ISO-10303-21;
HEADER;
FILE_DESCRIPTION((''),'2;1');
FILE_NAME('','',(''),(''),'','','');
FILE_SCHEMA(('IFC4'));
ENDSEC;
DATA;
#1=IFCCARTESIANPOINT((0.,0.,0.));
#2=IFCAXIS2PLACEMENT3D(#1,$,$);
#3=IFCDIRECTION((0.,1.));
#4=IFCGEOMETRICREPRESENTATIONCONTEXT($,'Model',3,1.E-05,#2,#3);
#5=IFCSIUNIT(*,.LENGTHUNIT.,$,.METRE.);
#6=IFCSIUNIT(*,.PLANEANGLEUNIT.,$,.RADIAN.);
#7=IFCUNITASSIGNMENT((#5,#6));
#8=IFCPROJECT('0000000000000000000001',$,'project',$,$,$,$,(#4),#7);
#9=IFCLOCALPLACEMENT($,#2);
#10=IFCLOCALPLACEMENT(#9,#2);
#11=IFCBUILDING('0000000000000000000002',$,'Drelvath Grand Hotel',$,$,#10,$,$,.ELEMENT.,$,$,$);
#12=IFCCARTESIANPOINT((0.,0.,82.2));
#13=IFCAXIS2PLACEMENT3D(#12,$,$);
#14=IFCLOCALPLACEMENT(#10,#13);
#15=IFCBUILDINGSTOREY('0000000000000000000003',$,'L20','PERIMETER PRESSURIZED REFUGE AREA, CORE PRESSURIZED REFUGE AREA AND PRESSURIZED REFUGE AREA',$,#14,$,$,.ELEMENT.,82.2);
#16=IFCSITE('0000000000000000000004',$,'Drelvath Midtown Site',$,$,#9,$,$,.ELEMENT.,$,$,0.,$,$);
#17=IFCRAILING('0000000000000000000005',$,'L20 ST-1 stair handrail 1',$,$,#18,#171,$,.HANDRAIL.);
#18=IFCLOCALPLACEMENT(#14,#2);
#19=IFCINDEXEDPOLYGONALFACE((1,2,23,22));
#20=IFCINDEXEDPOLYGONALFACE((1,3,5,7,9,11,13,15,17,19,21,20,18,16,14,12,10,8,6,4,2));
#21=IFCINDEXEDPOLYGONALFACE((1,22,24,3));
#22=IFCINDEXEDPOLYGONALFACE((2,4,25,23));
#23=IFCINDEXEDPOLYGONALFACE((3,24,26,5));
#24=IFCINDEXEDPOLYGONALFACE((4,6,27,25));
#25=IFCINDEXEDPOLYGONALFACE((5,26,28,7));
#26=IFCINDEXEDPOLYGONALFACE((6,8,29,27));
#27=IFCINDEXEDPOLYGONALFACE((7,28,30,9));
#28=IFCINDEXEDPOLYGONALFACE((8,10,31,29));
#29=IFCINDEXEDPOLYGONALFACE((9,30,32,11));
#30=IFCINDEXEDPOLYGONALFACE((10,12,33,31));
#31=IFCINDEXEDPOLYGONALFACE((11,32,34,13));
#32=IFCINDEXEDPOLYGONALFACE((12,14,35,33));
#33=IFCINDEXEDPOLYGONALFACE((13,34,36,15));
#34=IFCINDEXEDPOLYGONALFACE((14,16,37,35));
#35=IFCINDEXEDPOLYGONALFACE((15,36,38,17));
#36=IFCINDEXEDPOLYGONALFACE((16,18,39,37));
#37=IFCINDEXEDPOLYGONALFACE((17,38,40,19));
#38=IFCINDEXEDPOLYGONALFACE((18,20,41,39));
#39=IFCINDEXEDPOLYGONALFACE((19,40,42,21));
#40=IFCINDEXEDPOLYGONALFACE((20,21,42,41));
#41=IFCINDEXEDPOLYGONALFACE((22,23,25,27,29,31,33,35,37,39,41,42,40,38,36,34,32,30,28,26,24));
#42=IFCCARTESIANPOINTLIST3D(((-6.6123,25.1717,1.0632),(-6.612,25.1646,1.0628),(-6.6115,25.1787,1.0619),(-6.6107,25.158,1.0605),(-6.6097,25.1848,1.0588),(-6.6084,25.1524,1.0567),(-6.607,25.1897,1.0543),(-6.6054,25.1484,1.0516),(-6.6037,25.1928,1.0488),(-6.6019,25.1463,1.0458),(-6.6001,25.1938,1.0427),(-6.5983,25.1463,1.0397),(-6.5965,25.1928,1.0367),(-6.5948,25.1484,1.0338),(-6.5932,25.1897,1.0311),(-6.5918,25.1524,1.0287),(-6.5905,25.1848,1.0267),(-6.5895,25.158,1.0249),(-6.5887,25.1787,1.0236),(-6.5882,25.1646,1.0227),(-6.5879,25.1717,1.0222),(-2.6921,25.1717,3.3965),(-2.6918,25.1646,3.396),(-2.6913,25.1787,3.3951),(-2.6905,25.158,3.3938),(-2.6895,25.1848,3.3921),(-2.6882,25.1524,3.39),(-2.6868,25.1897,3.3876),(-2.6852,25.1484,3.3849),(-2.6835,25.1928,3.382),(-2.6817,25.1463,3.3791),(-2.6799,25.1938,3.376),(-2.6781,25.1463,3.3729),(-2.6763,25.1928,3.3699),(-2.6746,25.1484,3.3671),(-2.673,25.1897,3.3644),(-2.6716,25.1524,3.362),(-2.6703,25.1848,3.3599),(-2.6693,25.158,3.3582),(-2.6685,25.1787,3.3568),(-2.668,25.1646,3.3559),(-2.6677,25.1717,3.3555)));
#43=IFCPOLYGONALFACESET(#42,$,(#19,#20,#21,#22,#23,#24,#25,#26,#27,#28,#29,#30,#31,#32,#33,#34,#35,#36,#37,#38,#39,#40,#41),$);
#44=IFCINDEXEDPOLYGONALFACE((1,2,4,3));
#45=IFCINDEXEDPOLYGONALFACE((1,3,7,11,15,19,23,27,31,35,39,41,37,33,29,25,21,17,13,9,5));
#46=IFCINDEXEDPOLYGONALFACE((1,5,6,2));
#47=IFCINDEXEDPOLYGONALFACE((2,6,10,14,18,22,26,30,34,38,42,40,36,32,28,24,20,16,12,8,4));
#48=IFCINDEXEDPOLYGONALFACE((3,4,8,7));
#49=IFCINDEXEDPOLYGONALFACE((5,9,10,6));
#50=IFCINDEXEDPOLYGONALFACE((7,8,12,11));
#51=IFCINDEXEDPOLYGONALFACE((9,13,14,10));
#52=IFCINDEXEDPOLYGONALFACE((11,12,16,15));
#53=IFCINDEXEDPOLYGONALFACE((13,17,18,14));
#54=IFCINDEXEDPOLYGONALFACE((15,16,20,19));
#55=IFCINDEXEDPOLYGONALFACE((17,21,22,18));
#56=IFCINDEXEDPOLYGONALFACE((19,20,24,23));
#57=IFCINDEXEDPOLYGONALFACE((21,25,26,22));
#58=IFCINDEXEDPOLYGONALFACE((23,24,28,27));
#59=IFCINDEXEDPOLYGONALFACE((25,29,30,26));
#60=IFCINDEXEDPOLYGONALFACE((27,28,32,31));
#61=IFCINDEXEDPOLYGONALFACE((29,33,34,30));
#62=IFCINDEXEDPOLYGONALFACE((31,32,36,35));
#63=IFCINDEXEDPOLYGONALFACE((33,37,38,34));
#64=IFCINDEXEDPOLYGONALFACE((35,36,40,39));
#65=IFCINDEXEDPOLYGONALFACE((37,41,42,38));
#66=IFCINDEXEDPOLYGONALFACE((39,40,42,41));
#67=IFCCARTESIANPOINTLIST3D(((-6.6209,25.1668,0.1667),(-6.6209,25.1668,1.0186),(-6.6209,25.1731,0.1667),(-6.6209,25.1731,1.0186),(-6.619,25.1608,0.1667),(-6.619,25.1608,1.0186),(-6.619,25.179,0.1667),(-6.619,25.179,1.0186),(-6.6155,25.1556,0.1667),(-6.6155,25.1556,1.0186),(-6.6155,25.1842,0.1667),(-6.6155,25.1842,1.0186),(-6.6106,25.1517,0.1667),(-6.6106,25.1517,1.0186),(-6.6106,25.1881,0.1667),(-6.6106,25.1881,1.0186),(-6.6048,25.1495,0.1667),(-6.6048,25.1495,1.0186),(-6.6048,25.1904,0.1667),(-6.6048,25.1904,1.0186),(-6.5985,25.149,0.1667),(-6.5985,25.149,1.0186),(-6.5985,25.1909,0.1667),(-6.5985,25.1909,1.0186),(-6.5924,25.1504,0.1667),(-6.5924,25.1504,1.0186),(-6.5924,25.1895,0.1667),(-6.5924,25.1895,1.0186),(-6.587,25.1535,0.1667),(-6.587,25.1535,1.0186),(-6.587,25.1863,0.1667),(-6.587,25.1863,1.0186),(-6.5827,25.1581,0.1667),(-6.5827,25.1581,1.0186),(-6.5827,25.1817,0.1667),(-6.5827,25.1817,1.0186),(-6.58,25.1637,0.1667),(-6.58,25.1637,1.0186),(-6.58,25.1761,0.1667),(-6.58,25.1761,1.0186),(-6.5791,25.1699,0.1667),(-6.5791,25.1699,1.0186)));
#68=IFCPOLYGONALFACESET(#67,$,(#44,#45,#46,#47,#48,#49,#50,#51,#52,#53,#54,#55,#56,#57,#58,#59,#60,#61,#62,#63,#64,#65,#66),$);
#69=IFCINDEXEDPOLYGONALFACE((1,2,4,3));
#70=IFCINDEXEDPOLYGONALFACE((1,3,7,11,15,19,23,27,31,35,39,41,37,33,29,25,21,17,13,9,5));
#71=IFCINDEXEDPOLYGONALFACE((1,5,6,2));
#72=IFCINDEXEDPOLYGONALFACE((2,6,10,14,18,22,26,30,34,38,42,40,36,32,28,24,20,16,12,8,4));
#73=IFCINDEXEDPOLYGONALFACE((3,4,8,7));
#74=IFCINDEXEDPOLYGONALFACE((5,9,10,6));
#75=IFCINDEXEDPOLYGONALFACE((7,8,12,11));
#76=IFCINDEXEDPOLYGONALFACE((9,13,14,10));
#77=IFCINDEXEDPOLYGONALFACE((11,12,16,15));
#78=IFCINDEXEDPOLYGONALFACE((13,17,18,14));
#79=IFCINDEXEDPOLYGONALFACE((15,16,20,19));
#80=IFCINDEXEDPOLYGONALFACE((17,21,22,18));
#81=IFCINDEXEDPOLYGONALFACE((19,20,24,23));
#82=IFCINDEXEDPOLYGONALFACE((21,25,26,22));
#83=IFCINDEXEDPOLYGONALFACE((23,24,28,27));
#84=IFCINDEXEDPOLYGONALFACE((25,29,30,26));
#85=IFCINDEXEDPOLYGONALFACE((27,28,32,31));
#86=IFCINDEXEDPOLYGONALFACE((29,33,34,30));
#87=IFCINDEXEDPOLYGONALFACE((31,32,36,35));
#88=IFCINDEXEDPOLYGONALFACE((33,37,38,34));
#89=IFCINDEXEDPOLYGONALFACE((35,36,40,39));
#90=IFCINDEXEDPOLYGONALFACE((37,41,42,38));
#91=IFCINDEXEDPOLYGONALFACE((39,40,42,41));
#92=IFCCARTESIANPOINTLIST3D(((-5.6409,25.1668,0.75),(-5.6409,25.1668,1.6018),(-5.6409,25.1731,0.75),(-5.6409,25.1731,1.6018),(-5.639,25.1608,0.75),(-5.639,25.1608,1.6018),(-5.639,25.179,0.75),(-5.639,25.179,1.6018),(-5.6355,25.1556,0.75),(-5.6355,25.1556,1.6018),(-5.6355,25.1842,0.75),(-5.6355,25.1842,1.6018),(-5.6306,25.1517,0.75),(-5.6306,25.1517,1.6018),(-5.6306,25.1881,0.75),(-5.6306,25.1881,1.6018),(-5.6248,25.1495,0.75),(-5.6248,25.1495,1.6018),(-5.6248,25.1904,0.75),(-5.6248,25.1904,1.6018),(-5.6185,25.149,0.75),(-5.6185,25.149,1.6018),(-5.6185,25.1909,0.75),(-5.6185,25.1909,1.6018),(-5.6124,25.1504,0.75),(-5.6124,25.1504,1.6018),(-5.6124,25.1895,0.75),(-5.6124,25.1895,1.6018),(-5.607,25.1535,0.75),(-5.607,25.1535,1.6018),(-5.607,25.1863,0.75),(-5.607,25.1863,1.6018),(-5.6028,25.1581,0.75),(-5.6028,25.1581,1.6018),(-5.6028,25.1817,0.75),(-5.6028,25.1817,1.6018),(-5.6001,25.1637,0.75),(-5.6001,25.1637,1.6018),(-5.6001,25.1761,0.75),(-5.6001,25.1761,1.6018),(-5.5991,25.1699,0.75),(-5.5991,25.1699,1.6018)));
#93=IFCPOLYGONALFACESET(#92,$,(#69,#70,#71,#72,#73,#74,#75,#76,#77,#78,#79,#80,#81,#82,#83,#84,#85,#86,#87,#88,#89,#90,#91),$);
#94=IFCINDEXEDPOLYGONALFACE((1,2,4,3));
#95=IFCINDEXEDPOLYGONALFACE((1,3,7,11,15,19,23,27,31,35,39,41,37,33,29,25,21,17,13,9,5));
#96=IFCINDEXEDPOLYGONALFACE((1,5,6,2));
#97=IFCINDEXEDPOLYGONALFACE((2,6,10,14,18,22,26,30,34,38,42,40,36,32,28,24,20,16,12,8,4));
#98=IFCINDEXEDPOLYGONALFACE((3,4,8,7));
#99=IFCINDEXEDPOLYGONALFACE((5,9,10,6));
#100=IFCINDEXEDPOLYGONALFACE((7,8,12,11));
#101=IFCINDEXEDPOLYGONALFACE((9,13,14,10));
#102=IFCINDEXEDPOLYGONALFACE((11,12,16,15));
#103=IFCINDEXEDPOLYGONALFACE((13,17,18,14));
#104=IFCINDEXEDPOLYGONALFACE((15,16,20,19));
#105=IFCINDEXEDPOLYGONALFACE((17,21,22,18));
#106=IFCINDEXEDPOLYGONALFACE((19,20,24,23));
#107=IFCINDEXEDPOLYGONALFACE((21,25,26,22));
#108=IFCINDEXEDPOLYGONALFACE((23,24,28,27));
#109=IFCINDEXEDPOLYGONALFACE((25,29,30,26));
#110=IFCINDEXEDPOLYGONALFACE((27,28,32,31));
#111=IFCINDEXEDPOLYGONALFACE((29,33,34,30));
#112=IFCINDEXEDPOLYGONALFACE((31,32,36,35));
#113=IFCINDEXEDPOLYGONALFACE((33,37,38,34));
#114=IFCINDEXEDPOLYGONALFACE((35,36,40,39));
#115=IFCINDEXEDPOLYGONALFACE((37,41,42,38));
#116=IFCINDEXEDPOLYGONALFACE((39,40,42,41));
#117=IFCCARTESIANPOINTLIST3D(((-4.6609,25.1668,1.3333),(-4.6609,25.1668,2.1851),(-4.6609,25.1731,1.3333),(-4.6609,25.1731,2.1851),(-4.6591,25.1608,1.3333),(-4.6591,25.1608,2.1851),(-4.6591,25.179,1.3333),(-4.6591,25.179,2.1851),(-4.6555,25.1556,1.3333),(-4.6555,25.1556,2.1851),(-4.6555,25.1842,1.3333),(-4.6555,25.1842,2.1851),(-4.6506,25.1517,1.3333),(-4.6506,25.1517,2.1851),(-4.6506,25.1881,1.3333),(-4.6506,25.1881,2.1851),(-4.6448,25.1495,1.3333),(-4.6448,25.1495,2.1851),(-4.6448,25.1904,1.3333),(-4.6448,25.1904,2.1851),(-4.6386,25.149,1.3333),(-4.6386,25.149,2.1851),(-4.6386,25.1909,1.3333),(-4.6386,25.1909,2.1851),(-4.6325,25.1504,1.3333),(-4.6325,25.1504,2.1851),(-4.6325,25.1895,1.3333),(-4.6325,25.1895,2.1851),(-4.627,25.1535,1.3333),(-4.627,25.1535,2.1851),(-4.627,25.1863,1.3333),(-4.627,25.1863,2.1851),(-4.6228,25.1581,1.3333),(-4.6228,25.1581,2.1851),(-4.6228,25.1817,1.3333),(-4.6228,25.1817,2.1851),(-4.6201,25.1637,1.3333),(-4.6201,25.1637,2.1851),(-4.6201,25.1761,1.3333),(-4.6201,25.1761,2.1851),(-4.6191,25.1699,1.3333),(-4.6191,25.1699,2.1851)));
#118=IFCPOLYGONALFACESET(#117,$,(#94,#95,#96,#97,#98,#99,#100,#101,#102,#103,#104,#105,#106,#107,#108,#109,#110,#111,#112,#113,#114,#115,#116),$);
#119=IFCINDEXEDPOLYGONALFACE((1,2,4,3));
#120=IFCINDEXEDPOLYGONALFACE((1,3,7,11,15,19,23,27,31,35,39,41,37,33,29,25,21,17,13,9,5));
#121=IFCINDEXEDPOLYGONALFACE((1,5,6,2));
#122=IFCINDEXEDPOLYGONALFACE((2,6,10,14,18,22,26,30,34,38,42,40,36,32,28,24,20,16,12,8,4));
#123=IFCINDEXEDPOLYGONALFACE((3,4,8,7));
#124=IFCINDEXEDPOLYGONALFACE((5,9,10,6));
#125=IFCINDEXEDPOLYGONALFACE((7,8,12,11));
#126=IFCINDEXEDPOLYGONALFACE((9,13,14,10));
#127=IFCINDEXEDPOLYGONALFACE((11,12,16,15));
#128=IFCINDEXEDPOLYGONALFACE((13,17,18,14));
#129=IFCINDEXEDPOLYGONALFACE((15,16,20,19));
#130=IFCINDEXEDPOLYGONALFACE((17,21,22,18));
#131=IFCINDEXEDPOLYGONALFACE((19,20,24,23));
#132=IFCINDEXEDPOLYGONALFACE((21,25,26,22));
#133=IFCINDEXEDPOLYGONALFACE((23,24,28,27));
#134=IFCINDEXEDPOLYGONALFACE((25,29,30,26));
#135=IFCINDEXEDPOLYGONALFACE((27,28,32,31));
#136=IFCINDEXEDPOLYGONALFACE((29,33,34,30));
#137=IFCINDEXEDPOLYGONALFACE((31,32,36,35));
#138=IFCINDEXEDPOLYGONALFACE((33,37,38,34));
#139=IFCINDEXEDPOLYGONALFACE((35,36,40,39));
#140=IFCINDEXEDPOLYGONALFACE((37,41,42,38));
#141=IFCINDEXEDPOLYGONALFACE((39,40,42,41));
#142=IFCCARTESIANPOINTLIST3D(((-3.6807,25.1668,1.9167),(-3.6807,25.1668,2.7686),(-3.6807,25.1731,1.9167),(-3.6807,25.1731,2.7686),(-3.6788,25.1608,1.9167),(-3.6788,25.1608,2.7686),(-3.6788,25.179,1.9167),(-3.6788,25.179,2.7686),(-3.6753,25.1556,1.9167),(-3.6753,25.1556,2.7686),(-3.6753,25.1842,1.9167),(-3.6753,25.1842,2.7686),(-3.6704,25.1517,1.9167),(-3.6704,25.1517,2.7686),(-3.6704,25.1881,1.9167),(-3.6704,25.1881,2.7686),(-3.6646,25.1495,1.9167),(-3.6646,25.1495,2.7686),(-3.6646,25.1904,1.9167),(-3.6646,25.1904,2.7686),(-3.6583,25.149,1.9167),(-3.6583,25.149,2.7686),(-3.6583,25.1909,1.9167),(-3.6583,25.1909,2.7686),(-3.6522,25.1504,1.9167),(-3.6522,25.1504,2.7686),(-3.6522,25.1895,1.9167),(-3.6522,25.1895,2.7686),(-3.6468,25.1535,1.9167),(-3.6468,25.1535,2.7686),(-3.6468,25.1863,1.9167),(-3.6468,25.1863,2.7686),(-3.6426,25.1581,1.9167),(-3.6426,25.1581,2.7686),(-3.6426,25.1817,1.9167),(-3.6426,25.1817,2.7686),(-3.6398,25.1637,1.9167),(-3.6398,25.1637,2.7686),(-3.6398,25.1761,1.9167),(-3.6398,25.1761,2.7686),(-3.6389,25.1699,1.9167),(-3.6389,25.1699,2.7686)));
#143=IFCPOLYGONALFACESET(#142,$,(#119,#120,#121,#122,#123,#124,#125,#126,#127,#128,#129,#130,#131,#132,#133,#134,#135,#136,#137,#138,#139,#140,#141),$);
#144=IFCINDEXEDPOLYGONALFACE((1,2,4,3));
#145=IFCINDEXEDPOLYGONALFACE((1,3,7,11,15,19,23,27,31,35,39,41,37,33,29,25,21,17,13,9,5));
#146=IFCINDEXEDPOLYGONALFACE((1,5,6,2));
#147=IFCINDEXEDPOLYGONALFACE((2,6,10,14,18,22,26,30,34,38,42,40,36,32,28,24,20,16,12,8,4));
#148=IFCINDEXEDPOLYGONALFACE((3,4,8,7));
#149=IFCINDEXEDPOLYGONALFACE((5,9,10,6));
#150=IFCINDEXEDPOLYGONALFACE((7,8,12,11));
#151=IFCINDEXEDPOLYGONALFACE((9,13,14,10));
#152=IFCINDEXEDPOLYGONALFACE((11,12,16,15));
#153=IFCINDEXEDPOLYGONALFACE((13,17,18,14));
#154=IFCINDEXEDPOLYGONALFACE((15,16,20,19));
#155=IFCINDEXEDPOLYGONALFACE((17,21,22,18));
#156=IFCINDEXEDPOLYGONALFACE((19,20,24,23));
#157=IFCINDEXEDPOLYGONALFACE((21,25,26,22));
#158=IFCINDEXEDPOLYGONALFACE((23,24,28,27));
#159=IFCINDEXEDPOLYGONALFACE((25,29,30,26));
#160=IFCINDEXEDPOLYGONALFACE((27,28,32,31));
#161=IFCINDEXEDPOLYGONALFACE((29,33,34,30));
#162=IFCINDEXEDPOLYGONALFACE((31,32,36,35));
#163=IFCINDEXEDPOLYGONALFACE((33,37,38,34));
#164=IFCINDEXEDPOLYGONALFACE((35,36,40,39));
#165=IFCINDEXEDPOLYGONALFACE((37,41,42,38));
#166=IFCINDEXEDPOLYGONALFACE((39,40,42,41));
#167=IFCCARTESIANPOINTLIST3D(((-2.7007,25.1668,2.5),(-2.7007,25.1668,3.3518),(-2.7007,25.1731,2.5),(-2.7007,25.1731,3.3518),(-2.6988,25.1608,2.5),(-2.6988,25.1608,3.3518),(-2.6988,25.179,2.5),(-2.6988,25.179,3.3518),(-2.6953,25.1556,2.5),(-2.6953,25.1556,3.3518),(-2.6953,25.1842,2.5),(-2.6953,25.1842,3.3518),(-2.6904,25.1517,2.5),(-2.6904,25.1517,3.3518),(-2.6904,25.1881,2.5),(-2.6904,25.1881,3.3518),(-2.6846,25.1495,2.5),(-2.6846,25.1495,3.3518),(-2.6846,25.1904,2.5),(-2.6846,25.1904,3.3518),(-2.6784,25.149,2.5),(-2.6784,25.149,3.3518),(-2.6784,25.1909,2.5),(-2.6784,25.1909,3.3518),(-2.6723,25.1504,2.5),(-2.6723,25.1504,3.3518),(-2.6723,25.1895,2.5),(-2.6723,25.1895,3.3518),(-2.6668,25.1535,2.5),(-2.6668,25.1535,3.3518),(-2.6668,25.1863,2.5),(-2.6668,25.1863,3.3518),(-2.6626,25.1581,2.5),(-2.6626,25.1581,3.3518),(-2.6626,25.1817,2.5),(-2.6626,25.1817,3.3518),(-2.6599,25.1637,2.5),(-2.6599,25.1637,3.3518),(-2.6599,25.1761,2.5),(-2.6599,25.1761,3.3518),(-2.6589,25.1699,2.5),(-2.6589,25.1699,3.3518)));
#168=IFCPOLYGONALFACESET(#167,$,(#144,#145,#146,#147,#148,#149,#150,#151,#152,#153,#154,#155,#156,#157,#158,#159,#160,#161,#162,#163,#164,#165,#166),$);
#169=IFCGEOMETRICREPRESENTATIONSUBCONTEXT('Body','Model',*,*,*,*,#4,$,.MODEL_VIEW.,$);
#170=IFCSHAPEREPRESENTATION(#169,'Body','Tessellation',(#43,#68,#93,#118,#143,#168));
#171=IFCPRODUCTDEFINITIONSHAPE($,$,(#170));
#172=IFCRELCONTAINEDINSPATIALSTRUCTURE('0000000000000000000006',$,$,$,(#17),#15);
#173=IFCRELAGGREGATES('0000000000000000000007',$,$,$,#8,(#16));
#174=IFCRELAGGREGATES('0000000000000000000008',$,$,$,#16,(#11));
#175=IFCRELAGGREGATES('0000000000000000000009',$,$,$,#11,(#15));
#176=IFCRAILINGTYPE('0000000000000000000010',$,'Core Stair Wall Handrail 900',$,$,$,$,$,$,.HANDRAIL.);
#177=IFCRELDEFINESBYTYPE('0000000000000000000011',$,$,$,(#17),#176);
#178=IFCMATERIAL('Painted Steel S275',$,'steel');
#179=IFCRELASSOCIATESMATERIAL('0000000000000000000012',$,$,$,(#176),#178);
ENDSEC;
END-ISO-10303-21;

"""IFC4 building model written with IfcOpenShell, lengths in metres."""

from ifc_helpers import new_model, si_unit, direction, frame, origin, origin_2d, place, context, subcontext, project, spatial, circle, extrude, material, type_object, element, save


model = new_model("IFC4")

# Units and contexts
model_context = context("Model", 3, precision=1e-05, world=origin(), true_north=direction((0.0, 1.0)))
body_context = subcontext(model_context, "Body", "Model", "MODEL_VIEW")
ifc_project = project(units=[si_unit("LENGTHUNIT", "METRE"), si_unit("PLANEANGLEUNIT", "RADIAN")], contexts=[model_context])

# Site, building, storey
site_placement = place(None, origin())
site = spatial("IfcSite", under=ifc_project, at=site_placement, Name="Drelvath Midtown Site", CompositionType="ELEMENT", RefElevation=0.0)
building_placement = place(site_placement, origin())
building = spatial("IfcBuilding", under=site, at=building_placement, Name="Drelvath Grand Hotel", CompositionType="ELEMENT")
storey_placement = place(building_placement, frame((0.0, 0.0, 82.2)))
storey = spatial("IfcBuildingStorey", under=building, at=storey_placement, Name="L20", Description="PERIMETER PRESSURIZED REFUGE AREA, CORE PRESSURIZED REFUGE AREA AND PRESSURIZED REFUGE AREA", CompositionType="ELEMENT", Elevation=82.2)

# Shared definitions
ifc_material_1 = material(Name="Painted Steel S275", Category="steel")

# Railing
railing_type_1 = type_object("IfcRailingType", Name="Core Stair Wall Handrail 900", PredefinedType="HANDRAIL", material=ifc_material_1)
railing_1_placement = place(storey_placement, frame((-6.6001, 25.1699, 0.1667)))
element("IfcRailing", 1, at=railing_1_placement, inside=storey, type_object=railing_type_1, Name="L20 ST-1 stair handrail 1", PredefinedType="HANDRAIL", context=body_context, shape_type="SweptSolid", body=[
    extrude(circle(Radius=0.0239, at=origin_2d()), frame((0.0, 0.0, 0.876), z_axis=(0.85931, 0.0, 0.511455), x_axis=(0.0, 1.0, 0.0)), (0.0, 0.0, 1.0), 4.562),
    extrude(circle(Radius=0.021, at=origin_2d()), origin(), (0.0, 0.0, 1.0), 0.8518),
    extrude(circle(Radius=0.021, at=origin_2d()), frame((0.98, 0.0, 0.5833)), (0.0, 0.0, 1.0), 0.8518),
    extrude(circle(Radius=0.021, at=origin_2d()), frame((1.96, 0.0, 1.1665)), (0.0, 0.0, 1.0), 0.8518),
    extrude(circle(Radius=0.021, at=origin_2d()), frame((2.9402, 0.0, 1.75)), (0.0, 0.0, 1.0), 0.8518),
    extrude(circle(Radius=0.021, at=origin_2d()), frame((3.9202, 0.0, 2.3333)), (0.0, 0.0, 1.0), 0.8518),
])

save(model, "model.ifc")
